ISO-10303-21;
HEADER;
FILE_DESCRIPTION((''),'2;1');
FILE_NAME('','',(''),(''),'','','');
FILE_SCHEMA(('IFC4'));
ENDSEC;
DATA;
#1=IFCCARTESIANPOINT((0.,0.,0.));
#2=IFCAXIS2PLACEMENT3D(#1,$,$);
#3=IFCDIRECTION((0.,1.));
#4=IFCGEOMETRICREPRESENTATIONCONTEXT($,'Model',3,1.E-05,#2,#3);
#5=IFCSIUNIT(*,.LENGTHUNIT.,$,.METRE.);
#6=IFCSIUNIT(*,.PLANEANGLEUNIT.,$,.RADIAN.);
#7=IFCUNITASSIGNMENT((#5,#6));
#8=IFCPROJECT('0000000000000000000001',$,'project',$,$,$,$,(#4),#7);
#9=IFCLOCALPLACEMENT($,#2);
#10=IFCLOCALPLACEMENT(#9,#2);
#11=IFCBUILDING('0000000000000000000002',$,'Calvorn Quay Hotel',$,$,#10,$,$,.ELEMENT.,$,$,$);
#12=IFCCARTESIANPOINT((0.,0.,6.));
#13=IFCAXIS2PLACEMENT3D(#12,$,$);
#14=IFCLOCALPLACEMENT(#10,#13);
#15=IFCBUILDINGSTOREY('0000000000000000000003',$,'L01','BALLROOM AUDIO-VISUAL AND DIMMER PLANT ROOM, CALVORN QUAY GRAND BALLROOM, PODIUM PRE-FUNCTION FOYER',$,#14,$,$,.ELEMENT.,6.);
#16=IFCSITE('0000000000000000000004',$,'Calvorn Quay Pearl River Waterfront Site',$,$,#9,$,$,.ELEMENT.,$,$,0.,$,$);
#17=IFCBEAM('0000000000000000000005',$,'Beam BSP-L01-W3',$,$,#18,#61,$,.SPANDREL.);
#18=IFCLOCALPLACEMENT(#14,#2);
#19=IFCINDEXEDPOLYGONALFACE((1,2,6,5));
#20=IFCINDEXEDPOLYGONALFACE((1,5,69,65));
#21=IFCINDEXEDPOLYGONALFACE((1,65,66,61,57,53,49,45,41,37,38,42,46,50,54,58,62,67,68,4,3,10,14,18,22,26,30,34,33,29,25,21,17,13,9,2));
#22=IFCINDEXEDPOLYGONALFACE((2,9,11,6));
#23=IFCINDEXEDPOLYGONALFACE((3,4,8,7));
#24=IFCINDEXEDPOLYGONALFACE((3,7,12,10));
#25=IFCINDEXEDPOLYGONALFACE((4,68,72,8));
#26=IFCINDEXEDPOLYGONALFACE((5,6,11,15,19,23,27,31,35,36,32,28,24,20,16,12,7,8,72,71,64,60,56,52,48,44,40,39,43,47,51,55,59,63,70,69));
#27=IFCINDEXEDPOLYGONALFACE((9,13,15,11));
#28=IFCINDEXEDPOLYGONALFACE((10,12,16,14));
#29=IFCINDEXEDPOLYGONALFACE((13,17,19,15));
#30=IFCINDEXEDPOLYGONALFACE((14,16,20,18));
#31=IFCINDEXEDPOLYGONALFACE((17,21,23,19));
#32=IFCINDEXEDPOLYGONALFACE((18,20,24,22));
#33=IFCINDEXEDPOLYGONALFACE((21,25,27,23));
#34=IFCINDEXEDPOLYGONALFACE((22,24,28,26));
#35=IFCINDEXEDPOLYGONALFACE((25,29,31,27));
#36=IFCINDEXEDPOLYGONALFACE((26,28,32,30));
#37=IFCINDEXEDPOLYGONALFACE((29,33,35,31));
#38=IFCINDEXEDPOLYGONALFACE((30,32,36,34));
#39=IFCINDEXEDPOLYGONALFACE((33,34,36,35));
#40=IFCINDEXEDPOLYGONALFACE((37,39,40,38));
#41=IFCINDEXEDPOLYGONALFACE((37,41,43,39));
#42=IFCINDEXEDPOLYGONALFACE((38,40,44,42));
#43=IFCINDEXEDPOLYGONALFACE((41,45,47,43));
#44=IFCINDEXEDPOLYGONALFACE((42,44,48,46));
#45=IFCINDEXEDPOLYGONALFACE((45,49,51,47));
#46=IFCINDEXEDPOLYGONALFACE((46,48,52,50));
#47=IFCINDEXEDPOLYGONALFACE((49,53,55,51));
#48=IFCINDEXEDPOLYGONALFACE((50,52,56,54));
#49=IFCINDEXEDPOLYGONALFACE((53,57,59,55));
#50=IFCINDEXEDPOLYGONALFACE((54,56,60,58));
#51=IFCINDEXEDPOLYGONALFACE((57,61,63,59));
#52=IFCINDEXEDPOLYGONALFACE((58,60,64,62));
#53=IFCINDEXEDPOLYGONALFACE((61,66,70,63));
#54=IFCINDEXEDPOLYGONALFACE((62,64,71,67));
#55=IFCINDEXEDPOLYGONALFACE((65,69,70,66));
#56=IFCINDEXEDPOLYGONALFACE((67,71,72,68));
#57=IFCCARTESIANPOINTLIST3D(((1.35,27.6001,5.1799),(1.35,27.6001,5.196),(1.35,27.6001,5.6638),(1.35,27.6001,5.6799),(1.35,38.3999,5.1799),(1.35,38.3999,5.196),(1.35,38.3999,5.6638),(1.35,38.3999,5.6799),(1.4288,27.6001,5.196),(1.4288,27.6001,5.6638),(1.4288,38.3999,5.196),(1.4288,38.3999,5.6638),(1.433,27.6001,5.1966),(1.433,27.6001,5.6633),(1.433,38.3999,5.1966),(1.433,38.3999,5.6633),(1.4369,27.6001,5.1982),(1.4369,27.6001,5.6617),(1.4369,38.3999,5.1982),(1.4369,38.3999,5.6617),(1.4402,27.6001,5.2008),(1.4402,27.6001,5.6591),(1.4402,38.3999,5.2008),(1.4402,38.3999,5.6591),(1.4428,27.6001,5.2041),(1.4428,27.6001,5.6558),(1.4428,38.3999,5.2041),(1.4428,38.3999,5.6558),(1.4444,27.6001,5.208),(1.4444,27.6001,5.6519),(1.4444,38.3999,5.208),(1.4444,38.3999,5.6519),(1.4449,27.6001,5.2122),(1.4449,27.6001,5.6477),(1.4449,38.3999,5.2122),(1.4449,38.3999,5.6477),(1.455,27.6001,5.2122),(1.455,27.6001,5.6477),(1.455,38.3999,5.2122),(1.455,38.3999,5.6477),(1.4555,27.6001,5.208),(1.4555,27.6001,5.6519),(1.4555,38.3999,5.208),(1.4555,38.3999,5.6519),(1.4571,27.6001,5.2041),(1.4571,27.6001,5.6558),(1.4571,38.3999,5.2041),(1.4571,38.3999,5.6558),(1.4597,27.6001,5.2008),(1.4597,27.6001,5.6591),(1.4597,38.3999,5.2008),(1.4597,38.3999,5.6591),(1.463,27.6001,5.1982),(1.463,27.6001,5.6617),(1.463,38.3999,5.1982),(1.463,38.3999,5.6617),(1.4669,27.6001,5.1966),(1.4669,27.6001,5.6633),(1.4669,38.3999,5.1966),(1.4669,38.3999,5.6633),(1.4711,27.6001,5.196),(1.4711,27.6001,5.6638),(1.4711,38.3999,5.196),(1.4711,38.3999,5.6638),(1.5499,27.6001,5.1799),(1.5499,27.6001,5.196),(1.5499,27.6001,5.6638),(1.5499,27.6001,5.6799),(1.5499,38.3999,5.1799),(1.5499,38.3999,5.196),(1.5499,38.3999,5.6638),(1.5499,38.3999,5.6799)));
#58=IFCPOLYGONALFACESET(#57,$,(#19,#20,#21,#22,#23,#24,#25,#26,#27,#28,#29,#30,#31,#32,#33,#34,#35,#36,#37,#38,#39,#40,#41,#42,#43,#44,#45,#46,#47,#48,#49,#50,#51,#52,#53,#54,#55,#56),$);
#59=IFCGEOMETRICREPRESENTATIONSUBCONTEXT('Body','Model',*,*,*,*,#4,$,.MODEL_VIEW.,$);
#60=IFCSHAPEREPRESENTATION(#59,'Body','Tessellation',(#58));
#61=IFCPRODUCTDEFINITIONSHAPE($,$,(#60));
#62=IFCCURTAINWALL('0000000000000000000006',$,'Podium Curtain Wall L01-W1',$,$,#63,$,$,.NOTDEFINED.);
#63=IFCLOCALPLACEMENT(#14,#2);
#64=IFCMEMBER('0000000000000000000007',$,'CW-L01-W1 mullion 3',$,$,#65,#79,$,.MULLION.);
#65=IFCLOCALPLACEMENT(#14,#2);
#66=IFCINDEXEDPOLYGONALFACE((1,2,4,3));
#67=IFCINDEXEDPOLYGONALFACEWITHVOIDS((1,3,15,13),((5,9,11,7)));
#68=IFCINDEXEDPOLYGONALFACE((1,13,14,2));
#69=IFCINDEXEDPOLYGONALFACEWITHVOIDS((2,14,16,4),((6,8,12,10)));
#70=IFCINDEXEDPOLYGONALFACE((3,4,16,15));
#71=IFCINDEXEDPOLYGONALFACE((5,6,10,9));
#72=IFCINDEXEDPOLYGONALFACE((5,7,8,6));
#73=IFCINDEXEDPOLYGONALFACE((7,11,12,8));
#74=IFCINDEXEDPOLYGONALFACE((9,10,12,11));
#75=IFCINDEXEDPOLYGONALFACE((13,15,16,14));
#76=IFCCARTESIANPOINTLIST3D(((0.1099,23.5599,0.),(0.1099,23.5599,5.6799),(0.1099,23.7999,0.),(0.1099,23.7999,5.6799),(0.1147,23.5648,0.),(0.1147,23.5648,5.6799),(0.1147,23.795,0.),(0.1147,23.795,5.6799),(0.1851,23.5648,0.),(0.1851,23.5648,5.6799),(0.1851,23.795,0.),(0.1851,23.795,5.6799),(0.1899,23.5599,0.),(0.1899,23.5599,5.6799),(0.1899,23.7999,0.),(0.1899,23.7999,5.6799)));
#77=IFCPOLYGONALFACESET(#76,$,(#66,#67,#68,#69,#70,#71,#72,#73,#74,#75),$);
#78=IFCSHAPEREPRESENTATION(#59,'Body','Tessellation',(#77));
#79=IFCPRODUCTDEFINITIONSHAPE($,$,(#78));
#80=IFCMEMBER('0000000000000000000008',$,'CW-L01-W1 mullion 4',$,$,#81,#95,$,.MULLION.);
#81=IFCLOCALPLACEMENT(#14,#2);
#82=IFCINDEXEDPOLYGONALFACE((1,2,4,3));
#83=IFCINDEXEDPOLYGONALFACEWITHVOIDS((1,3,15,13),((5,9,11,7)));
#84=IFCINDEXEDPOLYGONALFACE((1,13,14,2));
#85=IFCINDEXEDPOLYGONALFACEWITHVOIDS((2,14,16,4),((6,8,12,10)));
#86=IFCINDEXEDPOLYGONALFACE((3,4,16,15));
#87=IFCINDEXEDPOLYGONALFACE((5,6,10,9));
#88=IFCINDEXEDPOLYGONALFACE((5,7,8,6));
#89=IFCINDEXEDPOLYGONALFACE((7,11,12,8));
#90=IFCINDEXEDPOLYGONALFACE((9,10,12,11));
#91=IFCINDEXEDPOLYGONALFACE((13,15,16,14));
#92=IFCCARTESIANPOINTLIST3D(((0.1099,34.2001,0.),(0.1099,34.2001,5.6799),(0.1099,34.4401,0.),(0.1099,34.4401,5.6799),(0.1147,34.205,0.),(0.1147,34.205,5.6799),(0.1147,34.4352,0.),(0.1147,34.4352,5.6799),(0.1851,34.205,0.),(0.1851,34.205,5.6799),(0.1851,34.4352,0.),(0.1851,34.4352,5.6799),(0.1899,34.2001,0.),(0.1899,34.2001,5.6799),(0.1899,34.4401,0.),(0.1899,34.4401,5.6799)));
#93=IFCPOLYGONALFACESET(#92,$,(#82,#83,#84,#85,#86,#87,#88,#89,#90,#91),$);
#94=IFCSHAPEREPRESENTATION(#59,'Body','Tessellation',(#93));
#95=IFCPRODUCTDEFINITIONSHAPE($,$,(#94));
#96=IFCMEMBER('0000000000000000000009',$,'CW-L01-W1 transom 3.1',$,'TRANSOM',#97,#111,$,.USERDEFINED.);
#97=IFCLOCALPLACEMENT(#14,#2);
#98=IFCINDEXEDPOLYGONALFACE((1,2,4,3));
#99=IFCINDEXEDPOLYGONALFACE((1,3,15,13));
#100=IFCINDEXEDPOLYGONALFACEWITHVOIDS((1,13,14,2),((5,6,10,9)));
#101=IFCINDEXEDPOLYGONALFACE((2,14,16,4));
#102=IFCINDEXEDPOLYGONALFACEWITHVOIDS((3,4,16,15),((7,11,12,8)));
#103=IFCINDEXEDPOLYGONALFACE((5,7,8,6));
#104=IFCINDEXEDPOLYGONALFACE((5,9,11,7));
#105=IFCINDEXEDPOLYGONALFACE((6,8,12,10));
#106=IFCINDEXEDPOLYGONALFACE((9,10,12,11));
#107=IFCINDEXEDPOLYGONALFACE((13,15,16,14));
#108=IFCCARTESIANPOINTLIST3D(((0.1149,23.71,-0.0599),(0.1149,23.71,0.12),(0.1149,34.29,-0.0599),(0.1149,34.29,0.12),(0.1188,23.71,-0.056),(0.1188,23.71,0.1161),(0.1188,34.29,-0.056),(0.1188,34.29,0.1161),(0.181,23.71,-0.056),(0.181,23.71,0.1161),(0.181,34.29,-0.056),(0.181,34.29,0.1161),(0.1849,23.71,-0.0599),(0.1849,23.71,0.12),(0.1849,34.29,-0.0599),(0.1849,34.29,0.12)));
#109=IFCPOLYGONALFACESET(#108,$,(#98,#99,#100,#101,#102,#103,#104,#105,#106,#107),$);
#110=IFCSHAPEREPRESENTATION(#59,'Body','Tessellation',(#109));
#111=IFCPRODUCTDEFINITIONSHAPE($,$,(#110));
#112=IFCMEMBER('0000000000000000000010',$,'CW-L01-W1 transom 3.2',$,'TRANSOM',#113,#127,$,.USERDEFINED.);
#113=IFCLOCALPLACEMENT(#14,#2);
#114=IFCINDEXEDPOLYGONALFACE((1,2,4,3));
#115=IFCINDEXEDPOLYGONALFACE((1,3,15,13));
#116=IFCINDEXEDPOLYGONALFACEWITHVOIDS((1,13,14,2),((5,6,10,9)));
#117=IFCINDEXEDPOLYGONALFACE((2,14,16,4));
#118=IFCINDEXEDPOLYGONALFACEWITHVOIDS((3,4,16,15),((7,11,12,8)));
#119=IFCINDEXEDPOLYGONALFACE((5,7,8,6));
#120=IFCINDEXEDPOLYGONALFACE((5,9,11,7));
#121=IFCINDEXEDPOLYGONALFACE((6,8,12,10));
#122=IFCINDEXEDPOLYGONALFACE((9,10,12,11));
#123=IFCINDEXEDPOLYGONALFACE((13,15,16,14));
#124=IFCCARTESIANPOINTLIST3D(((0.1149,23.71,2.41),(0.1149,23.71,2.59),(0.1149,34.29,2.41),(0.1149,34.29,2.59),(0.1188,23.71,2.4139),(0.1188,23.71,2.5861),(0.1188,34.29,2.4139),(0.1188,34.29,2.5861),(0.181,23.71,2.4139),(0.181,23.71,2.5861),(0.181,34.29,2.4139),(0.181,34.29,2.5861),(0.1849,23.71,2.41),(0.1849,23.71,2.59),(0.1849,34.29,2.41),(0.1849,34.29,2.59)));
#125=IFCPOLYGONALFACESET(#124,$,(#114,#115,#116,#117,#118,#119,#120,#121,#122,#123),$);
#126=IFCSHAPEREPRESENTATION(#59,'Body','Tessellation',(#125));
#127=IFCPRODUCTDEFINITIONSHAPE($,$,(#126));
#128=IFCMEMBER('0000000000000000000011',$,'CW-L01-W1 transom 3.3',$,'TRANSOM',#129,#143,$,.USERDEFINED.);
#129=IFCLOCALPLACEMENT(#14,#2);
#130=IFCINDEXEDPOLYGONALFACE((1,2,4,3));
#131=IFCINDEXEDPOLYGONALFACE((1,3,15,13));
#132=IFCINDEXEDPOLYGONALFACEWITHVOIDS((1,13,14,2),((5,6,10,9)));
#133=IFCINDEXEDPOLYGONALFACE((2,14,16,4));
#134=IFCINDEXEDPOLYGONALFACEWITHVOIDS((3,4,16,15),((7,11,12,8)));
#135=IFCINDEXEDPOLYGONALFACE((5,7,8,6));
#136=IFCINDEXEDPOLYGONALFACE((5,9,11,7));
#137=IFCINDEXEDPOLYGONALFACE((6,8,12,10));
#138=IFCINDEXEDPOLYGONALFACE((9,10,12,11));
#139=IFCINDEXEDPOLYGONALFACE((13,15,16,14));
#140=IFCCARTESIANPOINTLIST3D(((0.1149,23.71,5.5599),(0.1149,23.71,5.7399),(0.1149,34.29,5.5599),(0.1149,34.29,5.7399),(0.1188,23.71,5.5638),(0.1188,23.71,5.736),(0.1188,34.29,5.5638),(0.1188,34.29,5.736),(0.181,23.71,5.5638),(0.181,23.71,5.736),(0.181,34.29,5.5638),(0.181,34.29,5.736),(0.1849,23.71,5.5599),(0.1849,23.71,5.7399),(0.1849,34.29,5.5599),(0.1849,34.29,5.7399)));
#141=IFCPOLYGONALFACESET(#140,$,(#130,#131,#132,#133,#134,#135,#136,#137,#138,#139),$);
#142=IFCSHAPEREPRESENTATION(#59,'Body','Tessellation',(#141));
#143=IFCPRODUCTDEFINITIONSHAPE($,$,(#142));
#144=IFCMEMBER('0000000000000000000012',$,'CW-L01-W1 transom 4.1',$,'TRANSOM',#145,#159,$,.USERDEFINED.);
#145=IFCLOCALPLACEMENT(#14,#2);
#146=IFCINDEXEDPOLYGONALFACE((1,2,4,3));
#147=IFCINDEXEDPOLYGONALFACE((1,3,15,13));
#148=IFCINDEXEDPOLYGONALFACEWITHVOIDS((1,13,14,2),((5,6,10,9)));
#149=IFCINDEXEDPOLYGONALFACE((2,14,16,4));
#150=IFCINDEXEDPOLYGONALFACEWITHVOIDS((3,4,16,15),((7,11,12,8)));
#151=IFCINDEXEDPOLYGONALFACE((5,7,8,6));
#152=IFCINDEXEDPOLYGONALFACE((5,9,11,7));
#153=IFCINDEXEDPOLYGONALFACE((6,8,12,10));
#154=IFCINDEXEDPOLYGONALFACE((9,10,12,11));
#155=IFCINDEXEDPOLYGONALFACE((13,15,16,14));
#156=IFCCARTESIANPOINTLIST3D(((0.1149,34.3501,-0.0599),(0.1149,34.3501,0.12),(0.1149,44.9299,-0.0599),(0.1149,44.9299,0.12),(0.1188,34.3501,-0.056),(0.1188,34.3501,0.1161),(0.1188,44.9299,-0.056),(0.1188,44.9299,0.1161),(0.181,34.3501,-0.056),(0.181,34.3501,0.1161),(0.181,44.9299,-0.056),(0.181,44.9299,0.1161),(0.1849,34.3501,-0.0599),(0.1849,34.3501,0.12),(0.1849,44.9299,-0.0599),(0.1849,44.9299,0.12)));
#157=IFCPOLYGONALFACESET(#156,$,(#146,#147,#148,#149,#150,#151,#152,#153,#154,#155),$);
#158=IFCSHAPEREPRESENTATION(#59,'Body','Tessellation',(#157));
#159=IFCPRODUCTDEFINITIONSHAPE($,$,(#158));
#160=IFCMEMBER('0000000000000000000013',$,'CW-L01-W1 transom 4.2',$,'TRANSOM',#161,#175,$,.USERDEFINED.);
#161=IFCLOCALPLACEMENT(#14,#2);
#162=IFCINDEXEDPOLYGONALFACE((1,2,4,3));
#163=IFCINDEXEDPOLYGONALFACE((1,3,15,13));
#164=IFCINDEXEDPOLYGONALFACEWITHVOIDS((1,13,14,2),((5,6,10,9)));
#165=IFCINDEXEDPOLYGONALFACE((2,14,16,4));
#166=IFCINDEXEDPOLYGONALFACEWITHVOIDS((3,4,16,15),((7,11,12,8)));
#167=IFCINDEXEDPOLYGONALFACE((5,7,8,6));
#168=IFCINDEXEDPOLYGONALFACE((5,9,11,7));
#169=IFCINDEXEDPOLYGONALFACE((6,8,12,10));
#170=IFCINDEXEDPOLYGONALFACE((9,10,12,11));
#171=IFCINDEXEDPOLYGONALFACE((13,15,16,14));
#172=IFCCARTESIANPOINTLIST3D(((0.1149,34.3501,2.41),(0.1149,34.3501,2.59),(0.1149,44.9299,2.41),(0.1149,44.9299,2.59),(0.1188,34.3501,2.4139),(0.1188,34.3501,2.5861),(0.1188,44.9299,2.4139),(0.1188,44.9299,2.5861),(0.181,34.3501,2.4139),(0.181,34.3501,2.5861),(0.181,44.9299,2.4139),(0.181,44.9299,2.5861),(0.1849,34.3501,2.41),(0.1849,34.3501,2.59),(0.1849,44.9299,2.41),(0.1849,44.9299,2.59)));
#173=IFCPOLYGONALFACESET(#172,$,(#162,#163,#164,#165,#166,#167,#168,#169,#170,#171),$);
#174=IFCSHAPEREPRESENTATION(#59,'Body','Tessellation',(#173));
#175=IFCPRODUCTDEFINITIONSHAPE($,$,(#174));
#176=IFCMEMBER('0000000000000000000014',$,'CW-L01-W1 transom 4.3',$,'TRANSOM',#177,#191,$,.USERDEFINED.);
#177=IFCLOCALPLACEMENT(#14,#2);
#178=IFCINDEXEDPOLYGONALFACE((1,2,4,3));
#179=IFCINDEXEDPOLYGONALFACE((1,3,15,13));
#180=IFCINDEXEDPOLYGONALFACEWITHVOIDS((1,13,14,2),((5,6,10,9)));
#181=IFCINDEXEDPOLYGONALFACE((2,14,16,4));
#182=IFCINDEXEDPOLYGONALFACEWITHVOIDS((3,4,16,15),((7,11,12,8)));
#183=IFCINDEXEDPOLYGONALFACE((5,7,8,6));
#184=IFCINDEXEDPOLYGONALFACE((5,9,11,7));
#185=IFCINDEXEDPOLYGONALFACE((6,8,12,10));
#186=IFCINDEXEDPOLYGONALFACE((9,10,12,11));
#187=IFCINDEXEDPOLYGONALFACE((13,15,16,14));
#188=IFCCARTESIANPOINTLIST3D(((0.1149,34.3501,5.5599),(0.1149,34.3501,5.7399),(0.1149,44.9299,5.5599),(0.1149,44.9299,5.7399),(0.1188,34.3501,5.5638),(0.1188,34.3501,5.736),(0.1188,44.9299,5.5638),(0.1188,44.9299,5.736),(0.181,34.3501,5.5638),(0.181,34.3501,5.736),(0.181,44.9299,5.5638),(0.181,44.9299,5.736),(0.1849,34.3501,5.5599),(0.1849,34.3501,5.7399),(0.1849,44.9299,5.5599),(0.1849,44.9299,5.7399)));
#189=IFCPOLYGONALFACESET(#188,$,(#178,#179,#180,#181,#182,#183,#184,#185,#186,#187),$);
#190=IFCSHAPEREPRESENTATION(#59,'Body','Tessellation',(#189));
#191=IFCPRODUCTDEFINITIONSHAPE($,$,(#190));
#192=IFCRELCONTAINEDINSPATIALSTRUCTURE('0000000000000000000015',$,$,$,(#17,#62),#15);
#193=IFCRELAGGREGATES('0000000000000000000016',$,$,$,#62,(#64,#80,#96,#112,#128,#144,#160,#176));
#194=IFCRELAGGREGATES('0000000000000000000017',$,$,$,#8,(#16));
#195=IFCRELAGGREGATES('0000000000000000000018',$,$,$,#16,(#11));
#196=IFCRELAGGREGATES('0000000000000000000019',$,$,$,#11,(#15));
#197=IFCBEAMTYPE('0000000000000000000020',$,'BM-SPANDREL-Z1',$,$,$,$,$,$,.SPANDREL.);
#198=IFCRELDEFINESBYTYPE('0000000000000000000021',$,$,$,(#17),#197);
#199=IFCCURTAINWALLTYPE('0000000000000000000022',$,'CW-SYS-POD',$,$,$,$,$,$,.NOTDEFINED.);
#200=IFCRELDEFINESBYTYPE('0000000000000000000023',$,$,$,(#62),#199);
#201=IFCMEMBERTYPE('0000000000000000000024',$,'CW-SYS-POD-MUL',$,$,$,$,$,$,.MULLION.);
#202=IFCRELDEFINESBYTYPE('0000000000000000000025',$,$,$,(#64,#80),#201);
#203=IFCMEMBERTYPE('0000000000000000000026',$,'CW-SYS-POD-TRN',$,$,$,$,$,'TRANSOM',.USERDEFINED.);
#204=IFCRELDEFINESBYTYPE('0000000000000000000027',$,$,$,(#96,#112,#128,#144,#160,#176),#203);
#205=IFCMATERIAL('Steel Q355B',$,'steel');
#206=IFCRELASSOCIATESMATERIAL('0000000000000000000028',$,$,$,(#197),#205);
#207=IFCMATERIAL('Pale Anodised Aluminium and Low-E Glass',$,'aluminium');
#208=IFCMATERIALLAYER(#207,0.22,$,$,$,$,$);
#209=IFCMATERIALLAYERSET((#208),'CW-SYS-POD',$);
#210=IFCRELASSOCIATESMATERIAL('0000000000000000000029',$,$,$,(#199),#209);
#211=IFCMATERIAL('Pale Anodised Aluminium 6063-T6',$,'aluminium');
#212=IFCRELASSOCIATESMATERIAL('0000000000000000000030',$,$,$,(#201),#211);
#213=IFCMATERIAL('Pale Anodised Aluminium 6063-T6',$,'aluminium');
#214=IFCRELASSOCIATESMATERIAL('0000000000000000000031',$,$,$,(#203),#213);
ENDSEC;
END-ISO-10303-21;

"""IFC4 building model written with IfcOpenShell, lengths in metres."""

from ifc_helpers import new_model, si_unit, direction, frame, origin, origin_2d, place, context, subcontext, project, spatial, hollow_rectangle, i_section, extrude, material, layer, layer_set, material_profile, profile_set, type_object, element, aggregate, save


model = new_model("IFC4")

# Units and contexts
model_context = context("Model", 3, precision=1e-05, world=origin(), true_north=direction((0.0, 1.0)))
body_context = subcontext(model_context, "Body", "Model", "MODEL_VIEW")
ifc_project = project(units=[si_unit("LENGTHUNIT", "METRE"), si_unit("PLANEANGLEUNIT", "RADIAN")], contexts=[model_context])

# Site, building, storey
site_placement = place(None, origin())
site = spatial("IfcSite", under=ifc_project, at=site_placement, Name="Calvorn Quay Pearl River Waterfront Site", CompositionType="ELEMENT", RefElevation=0.0)
building_placement = place(site_placement, origin())
building = spatial("IfcBuilding", under=site, at=building_placement, Name="Calvorn Quay Hotel", CompositionType="ELEMENT")
storey_placement = place(building_placement, frame((0.0, 0.0, 6.0)))
storey = spatial("IfcBuildingStorey", under=building, at=storey_placement, Name="L01", Description="BALLROOM AUDIO-VISUAL AND DIMMER PLANT ROOM, CALVORN QUAY GRAND BALLROOM, PODIUM PRE-FUNCTION FOYER", CompositionType="ELEMENT", Elevation=6.0)

# Beam
ifc_material_1 = material(Name="Steel Q355B", Category="steel")
ifc_material_profile_1 = material_profile(ifc_material_1, i_section(OverallWidth=0.2, OverallDepth=0.5, WebThickness=0.01, FlangeThickness=0.0161, FilletRadius=0.0161, at=origin_2d()), Name="HN500x200x10x16")
ifc_profile_set_1 = profile_set([ifc_material_profile_1], Name="Steel Q355B")
beam_type_1 = type_object("IfcBeamType", Name="BM-SPANDREL-Z1", PredefinedType="SPANDREL", material=ifc_profile_set_1)
beam_1_placement = place(storey_placement, frame((1.45, 27.6001, 5.4299), z_axis=(0.0, 1.0, 0.0), x_axis=(-1.0, 0.0, 0.0)))
element("IfcBeam", 1, at=beam_1_placement, inside=storey, type_object=beam_type_1, Name="Beam BSP-L01-W3", PredefinedType="SPANDREL", context=body_context, shape_type="SweptSolid", body=[
    extrude(i_section(OverallWidth=0.2, OverallDepth=0.5, WebThickness=0.01, FlangeThickness=0.0161, FilletRadius=0.0161, at=origin_2d()), origin(), (0.0, 0.0, 1.0), 10.7998),
])

# Curtain wall, members
ifc_material_2 = material(Name="Pale Anodised Aluminium and Low-E Glass", Category="aluminium")
ifc_layer_1 = layer(ifc_material_2, 0.22)
ifc_layer_set_1 = layer_set([ifc_layer_1], Name="CW-SYS-POD")
curtain_wall_type = type_object("IfcCurtainWallType", Name="CW-SYS-POD", PredefinedType="NOTDEFINED", material=ifc_layer_set_1)
curtain_wall_placement = place(storey_placement, origin())
curtain_wall = element("IfcCurtainWall", 2, at=curtain_wall_placement, inside=storey, type_object=curtain_wall_type, Name="Podium Curtain Wall L01-W1", PredefinedType="NOTDEFINED")
ifc_material_3 = material(Name="Pale Anodised Aluminium 6063-T6", Category="aluminium")
ifc_material_profile_2 = material_profile(ifc_material_3, hollow_rectangle(XDim=0.0801, YDim=0.24, WallThickness=0.0049, at=origin_2d()), Name="ALU-M240x80x5")
ifc_profile_set_2 = profile_set([ifc_material_profile_2], Name="Pale Anodised Aluminium 6063-T6")
member_type_1 = type_object("IfcMemberType", Name="CW-SYS-POD-MUL", PredefinedType="MULLION", material=ifc_profile_set_2)
member_1_placement = place(storey_placement, frame((0.1499, 23.6799, 0.0), z_axis=(0.0, 0.0, 1.0), x_axis=(-1.0, 0.0, 0.0)))
member_1 = element("IfcMember", 3, at=member_1_placement, type_object=member_type_1, Name="CW-L01-W1 mullion 3", PredefinedType="MULLION", context=body_context, shape_type="SweptSolid", body=[
    extrude(hollow_rectangle(XDim=0.0801, YDim=0.24, WallThickness=0.0049, at=origin_2d()), origin(), (0.0, 0.0, 1.0), 5.6799),
])
member_2_placement = place(storey_placement, frame((0.1499, 34.3201, 0.0), z_axis=(0.0, 0.0, 1.0), x_axis=(-1.0, 0.0, 0.0)))
member_2 = element("IfcMember", 4, at=member_2_placement, type_object=member_type_1, Name="CW-L01-W1 mullion 4", PredefinedType="MULLION", context=body_context, shape_type="SweptSolid", body=[
    extrude(hollow_rectangle(XDim=0.0801, YDim=0.24, WallThickness=0.0049, at=origin_2d()), origin(), (0.0, 0.0, 1.0), 5.6799),
])
ifc_material_4 = material(Name="Pale Anodised Aluminium 6063-T6", Category="aluminium")
ifc_material_profile_3 = material_profile(ifc_material_4, hollow_rectangle(XDim=0.0701, YDim=0.1799, WallThickness=0.0039, at=origin_2d()), Name="ALU-T180x70x4")
ifc_profile_set_3 = profile_set([ifc_material_profile_3], Name="Pale Anodised Aluminium 6063-T6")
member_type_2 = type_object("IfcMemberType", Name="CW-SYS-POD-TRN", ElementType="TRANSOM", PredefinedType="USERDEFINED", material=ifc_profile_set_3)
member_3_placement = place(storey_placement, frame((0.1499, 23.71, 0.03), z_axis=(0.0, 1.0, 0.0), x_axis=(-1.0, 0.0, 0.0)))
member_3 = element("IfcMember", 5, at=member_3_placement, type_object=member_type_2, Name="CW-L01-W1 transom 3.1", ObjectType="TRANSOM", PredefinedType="USERDEFINED", context=body_context, shape_type="SweptSolid", body=[
    extrude(hollow_rectangle(XDim=0.0701, YDim=0.1799, WallThickness=0.0039, at=origin_2d()), origin(), (0.0, 0.0, 1.0), 10.5801),
])
member_4_placement = place(storey_placement, frame((0.1499, 23.71, 2.5), z_axis=(0.0, 1.0, 0.0), x_axis=(-1.0, 0.0, 0.0)))
member_4 = element("IfcMember", 6, at=member_4_placement, type_object=member_type_2, Name="CW-L01-W1 transom 3.2", ObjectType="TRANSOM", PredefinedType="USERDEFINED", context=body_context, shape_type="SweptSolid", body=[
    extrude(hollow_rectangle(XDim=0.0701, YDim=0.1799, WallThickness=0.0039, at=origin_2d()), origin(), (0.0, 0.0, 1.0), 10.5801),
])
member_5_placement = place(storey_placement, frame((0.1499, 23.71, 5.6499), z_axis=(0.0, 1.0, 0.0), x_axis=(-1.0, 0.0, 0.0)))
member_5 = element("IfcMember", 7, at=member_5_placement, type_object=member_type_2, Name="CW-L01-W1 transom 3.3", ObjectType="TRANSOM", PredefinedType="USERDEFINED", context=body_context, shape_type="SweptSolid", body=[
    extrude(hollow_rectangle(XDim=0.0701, YDim=0.1799, WallThickness=0.0039, at=origin_2d()), origin(), (0.0, 0.0, 1.0), 10.5801),
])
member_6_placement = place(storey_placement, frame((0.1499, 34.3501, 0.03), z_axis=(0.0, 1.0, 0.0), x_axis=(-1.0, 0.0, 0.0)))
member_6 = element("IfcMember", 8, at=member_6_placement, type_object=member_type_2, Name="CW-L01-W1 transom 4.1", ObjectType="TRANSOM", PredefinedType="USERDEFINED", context=body_context, shape_type="SweptSolid", body=[
    extrude(hollow_rectangle(XDim=0.0701, YDim=0.1799, WallThickness=0.0039, at=origin_2d()), origin(), (0.0, 0.0, 1.0), 10.5798),
])
member_7_placement = place(storey_placement, frame((0.1499, 34.3501, 2.5), z_axis=(0.0, 1.0, 0.0), x_axis=(-1.0, 0.0, 0.0)))
member_7 = element("IfcMember", 9, at=member_7_placement, type_object=member_type_2, Name="CW-L01-W1 transom 4.2", ObjectType="TRANSOM", PredefinedType="USERDEFINED", context=body_context, shape_type="SweptSolid", body=[
    extrude(hollow_rectangle(XDim=0.0701, YDim=0.1799, WallThickness=0.0039, at=origin_2d()), origin(), (0.0, 0.0, 1.0), 10.5798),
])
member_8_placement = place(storey_placement, frame((0.1499, 34.3501, 5.6499), z_axis=(0.0, 1.0, 0.0), x_axis=(-1.0, 0.0, 0.0)))
member_8 = element("IfcMember", 10, at=member_8_placement, type_object=member_type_2, Name="CW-L01-W1 transom 4.3", ObjectType="TRANSOM", PredefinedType="USERDEFINED", context=body_context, shape_type="SweptSolid", body=[
    extrude(hollow_rectangle(XDim=0.0701, YDim=0.1799, WallThickness=0.0039, at=origin_2d()), origin(), (0.0, 0.0, 1.0), 10.5798),
])
aggregate(curtain_wall, [member_1, member_2, member_3, member_4, member_5, member_6, member_7, member_8])

save(model, "model.ifc")
